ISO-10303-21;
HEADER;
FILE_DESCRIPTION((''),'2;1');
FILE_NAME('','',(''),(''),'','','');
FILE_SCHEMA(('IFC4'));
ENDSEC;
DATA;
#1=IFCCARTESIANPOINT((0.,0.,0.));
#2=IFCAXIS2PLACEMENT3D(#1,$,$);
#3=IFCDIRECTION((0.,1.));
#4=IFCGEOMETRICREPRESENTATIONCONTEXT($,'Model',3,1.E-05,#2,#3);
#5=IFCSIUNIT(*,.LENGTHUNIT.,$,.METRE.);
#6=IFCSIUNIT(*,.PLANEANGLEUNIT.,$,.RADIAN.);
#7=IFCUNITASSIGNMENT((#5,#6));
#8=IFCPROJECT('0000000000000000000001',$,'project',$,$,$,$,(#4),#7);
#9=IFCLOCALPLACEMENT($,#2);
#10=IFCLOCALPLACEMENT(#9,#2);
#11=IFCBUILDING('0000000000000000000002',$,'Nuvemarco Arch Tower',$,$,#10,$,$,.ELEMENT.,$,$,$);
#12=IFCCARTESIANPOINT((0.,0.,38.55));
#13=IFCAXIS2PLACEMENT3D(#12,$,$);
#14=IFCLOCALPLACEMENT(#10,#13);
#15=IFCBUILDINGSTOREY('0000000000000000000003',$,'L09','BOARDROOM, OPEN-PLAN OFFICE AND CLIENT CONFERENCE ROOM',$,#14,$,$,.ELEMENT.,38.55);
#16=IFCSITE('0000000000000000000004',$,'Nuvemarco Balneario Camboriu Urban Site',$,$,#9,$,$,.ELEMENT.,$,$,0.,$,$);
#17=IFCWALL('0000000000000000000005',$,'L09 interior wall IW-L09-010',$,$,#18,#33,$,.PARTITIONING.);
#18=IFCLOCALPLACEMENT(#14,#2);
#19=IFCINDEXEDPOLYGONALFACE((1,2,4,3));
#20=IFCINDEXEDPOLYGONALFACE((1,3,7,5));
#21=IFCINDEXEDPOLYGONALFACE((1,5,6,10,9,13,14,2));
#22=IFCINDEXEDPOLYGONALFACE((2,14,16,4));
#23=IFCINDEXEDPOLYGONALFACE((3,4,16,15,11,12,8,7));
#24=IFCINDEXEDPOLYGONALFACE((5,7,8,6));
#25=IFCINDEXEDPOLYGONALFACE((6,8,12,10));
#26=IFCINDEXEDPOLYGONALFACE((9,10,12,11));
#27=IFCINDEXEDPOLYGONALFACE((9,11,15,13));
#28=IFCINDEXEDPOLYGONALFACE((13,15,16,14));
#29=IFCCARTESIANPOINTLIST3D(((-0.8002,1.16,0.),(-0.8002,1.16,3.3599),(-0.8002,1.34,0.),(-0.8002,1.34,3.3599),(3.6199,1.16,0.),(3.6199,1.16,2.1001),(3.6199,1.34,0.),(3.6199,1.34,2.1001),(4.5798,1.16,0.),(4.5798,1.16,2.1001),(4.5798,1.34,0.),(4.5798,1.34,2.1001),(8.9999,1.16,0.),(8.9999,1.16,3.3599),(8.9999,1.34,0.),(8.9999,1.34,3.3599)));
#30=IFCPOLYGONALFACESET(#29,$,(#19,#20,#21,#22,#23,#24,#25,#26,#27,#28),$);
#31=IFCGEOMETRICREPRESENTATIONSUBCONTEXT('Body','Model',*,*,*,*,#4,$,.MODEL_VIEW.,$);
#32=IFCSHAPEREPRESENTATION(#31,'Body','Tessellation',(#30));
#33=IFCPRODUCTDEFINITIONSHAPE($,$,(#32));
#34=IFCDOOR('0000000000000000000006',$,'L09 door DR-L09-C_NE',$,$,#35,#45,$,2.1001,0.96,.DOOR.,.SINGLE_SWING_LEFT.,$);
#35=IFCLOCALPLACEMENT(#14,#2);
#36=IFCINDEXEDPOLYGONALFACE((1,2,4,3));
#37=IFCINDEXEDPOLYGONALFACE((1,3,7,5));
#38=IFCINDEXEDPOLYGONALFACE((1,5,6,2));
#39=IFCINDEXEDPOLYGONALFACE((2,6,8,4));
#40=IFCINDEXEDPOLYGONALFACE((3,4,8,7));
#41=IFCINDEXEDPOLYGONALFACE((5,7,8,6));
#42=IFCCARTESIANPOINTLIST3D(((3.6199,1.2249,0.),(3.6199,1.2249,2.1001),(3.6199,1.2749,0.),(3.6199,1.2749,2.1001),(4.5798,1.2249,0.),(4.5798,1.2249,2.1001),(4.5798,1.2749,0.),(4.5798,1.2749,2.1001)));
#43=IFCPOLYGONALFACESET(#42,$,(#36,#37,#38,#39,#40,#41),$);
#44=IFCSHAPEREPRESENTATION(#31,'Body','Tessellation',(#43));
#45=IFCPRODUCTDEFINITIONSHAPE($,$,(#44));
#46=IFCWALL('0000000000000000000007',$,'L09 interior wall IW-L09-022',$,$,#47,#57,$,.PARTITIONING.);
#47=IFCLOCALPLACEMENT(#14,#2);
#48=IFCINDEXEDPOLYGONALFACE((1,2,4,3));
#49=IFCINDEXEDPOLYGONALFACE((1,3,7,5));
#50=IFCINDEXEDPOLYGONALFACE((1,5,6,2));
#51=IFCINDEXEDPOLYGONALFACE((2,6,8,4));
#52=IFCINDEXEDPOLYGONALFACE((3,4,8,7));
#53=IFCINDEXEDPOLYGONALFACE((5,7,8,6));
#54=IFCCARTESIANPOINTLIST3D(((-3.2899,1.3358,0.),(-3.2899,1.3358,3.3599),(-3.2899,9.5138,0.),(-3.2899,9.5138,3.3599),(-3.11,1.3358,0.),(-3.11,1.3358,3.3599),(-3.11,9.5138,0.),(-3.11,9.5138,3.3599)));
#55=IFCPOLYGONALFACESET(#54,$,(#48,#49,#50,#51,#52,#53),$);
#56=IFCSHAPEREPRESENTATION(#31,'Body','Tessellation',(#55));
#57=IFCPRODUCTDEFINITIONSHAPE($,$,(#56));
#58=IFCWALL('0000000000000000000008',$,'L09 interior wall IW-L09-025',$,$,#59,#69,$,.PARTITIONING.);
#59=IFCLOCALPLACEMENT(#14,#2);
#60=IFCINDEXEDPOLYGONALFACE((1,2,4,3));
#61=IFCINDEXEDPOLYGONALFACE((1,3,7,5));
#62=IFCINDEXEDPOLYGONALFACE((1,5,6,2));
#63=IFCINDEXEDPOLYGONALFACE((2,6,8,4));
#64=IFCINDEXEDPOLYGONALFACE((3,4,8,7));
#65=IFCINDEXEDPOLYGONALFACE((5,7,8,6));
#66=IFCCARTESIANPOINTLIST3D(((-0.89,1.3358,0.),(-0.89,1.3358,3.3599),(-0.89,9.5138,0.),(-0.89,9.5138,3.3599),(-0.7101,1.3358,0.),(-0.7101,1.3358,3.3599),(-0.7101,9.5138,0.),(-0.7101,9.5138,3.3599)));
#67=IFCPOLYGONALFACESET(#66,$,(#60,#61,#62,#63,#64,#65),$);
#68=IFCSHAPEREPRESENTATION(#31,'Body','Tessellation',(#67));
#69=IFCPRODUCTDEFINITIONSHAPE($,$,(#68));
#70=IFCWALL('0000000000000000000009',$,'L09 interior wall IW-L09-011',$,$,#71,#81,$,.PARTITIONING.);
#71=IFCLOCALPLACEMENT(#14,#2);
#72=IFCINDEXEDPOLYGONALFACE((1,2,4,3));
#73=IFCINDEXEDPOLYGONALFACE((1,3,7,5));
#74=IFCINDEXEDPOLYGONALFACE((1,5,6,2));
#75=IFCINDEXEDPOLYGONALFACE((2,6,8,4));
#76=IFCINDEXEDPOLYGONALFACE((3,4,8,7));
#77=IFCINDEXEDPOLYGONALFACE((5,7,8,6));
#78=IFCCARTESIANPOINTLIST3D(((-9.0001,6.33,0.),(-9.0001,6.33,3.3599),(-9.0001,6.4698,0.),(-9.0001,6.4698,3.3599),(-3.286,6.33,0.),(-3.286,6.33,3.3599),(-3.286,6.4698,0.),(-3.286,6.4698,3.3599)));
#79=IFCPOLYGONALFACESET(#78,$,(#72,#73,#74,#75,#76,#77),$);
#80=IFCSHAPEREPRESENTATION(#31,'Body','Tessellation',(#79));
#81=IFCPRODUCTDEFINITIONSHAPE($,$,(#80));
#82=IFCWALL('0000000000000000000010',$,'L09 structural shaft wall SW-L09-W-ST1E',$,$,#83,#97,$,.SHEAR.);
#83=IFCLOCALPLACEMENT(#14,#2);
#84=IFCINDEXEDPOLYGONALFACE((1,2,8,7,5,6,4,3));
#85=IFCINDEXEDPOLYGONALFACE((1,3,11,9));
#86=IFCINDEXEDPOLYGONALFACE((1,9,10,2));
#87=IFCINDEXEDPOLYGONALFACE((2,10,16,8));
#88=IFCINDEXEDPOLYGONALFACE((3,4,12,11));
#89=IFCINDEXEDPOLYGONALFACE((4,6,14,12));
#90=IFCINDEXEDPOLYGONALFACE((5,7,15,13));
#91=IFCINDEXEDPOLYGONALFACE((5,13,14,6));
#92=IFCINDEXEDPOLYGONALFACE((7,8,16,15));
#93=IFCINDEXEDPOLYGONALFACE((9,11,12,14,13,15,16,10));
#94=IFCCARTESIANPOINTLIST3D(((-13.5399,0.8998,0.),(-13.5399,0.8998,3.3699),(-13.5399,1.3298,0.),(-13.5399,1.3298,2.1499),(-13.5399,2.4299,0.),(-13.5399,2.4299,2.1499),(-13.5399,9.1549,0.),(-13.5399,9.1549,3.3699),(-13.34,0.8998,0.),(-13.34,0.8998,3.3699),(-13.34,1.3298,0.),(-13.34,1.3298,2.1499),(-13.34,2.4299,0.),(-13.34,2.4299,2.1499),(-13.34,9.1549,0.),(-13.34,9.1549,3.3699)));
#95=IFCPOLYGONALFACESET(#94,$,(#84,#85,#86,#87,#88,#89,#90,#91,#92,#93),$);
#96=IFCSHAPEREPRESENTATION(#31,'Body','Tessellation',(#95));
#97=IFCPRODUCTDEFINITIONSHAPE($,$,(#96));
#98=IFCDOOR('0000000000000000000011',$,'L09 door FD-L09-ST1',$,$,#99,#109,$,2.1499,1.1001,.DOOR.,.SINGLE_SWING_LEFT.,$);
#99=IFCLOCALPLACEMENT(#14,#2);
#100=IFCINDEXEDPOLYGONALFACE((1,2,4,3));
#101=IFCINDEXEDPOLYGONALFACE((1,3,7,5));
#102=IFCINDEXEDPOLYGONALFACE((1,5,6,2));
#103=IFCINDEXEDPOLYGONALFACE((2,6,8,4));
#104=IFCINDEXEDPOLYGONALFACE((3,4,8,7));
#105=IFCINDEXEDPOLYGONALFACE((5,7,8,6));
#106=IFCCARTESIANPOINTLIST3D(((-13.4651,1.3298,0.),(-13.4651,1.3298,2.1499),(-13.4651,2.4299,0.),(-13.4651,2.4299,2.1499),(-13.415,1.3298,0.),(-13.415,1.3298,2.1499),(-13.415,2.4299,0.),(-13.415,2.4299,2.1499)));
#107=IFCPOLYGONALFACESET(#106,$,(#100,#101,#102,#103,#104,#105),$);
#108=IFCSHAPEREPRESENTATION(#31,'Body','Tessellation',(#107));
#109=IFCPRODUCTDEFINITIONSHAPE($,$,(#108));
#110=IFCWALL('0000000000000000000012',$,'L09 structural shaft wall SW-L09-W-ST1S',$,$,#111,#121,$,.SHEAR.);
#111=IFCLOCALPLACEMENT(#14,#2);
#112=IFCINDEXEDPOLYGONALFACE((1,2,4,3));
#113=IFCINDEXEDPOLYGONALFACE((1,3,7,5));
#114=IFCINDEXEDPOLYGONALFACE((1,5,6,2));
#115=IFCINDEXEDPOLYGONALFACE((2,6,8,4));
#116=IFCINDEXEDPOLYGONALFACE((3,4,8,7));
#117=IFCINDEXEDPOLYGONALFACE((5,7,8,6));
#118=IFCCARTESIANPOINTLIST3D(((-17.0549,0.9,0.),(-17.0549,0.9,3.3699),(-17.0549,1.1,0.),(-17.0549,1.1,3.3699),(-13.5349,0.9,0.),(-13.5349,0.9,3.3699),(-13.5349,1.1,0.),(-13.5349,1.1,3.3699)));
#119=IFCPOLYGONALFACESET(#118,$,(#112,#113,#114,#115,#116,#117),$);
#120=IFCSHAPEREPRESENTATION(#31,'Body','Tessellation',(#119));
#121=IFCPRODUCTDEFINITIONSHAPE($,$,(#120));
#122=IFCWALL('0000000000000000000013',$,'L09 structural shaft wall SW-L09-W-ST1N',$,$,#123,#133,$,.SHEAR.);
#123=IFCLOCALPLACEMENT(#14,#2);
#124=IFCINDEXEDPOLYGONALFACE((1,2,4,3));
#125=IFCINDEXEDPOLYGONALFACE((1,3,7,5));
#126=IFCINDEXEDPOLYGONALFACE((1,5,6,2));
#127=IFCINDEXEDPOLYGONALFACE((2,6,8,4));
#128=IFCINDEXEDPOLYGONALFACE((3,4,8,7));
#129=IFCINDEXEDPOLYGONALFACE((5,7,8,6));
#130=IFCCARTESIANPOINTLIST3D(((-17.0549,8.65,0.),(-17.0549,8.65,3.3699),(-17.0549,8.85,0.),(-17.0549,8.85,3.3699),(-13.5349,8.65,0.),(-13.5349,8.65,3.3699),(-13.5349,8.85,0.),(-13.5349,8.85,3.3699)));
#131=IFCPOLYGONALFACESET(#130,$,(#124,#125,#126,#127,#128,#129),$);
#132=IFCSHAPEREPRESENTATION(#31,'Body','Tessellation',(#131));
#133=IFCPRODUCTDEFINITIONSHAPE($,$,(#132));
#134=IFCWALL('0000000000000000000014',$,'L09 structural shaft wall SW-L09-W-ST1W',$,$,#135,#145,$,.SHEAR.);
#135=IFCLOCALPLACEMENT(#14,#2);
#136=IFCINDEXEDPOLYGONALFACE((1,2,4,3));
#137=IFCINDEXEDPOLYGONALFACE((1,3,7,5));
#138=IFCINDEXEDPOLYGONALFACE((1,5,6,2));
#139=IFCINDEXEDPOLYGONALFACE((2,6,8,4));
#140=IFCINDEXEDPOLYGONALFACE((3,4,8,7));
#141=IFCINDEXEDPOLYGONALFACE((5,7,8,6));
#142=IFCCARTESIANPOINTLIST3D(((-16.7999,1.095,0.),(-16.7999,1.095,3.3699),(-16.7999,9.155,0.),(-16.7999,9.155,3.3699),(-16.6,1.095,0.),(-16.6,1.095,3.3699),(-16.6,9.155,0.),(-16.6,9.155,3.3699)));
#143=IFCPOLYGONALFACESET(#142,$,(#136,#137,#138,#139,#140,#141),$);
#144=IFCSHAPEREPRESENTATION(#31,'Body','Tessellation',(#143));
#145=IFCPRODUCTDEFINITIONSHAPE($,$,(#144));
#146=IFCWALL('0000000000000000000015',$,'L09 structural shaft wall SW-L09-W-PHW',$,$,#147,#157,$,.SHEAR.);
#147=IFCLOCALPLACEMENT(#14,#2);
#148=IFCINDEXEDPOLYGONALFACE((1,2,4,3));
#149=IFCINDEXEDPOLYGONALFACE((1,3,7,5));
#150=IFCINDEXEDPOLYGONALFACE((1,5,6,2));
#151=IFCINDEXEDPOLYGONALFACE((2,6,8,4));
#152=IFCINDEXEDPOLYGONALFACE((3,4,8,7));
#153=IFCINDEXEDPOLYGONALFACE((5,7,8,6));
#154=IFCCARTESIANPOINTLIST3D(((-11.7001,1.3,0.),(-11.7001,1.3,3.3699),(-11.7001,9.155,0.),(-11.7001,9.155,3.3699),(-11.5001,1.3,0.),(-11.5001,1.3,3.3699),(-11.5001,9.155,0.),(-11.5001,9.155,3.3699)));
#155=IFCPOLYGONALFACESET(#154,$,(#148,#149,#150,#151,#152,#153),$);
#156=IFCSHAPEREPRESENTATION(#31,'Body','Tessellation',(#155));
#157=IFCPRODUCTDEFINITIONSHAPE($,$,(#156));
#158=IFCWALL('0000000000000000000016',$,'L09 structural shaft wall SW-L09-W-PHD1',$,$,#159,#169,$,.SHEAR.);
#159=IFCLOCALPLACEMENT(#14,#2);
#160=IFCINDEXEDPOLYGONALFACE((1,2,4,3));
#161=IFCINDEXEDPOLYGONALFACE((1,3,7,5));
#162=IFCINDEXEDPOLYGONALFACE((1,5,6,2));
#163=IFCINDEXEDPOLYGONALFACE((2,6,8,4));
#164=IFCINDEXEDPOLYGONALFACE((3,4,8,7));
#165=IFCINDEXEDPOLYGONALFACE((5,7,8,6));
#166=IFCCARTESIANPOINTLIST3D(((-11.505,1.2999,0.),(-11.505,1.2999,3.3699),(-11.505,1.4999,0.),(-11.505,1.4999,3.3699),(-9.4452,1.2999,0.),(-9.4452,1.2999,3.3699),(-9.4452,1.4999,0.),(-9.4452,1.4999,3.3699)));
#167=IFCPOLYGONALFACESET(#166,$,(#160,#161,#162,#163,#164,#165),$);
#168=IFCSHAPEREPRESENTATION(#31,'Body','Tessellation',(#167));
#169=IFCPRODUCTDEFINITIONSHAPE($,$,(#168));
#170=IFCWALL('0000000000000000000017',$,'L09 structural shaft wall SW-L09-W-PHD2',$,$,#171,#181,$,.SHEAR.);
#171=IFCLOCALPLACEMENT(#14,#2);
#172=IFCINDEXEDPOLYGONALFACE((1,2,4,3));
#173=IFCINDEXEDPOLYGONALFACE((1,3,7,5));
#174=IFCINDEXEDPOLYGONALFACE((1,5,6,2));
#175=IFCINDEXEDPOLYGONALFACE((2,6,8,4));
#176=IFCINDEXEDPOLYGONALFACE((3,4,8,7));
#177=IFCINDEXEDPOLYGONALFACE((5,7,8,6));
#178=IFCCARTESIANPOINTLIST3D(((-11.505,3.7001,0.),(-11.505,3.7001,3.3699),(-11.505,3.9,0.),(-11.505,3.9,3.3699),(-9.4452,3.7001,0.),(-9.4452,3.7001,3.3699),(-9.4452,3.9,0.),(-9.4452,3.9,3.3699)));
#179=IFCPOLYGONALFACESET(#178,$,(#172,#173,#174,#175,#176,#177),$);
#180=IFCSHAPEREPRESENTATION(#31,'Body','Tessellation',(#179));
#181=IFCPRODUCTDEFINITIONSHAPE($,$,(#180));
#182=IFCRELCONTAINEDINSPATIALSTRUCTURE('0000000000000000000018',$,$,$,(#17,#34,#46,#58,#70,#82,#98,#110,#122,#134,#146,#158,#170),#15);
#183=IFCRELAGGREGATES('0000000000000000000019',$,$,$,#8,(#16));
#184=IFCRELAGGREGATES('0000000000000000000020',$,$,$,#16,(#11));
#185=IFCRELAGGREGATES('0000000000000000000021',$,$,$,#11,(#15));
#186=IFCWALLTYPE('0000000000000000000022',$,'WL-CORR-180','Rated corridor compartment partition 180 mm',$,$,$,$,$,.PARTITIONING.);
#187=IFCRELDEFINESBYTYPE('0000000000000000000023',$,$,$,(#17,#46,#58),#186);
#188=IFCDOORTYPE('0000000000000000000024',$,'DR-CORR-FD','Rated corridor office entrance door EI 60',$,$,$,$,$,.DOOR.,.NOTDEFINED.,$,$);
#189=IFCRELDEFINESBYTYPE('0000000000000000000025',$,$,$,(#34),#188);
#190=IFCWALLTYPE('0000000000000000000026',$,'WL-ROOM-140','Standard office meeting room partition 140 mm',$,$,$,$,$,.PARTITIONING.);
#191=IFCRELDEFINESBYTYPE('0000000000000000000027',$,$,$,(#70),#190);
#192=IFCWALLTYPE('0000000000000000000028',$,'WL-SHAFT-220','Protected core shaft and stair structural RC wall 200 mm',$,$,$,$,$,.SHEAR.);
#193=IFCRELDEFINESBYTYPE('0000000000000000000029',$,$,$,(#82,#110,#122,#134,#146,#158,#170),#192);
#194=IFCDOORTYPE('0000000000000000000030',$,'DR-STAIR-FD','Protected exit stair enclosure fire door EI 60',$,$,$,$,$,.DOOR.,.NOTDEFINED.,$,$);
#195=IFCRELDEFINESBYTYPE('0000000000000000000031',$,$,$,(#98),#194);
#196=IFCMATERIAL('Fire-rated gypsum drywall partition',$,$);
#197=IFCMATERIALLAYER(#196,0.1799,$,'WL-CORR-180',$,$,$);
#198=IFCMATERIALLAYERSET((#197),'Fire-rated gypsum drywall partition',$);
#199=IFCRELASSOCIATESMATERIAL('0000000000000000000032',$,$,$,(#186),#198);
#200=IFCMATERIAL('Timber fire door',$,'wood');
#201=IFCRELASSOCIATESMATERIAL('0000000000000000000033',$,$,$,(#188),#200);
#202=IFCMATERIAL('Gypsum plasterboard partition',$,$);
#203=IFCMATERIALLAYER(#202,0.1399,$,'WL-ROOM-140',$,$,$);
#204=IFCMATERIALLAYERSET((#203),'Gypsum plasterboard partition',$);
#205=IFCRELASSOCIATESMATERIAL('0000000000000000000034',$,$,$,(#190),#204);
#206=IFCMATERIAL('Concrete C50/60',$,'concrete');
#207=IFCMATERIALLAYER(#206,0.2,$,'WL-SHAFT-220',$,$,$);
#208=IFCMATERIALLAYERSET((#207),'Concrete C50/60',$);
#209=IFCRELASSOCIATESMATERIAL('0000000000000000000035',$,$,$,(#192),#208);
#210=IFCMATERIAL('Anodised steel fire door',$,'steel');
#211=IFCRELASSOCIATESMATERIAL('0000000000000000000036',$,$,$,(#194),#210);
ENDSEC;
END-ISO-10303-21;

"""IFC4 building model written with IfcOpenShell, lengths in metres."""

from ifc_helpers import new_model, si_unit, direction, frame, frame_2d, origin, place, context, subcontext, project, spatial, rectangle, extrude, source, transform, mapped, material, layer, layer_set, type_object, type_shapes, element, fill, save


model = new_model("IFC4")

# Units and contexts
model_context = context("Model", 3, precision=1e-05, world=origin(), true_north=direction((0.0, 1.0)))
body_context = subcontext(model_context, "Body", "Model", "MODEL_VIEW")
ifc_project = project(units=[si_unit("LENGTHUNIT", "METRE"), si_unit("PLANEANGLEUNIT", "RADIAN")], contexts=[model_context])

# Site, building, storey
site_placement = place(None, origin())
site = spatial("IfcSite", under=ifc_project, at=site_placement, Name="Nuvemarco Balneario Camboriu Urban Site", CompositionType="ELEMENT", RefElevation=0.0)
building_placement = place(site_placement, origin())
building = spatial("IfcBuilding", under=site, at=building_placement, Name="Nuvemarco Arch Tower", CompositionType="ELEMENT")
storey_placement = place(building_placement, frame((0.0, 0.0, 38.55)))
storey = spatial("IfcBuildingStorey", under=building, at=storey_placement, Name="L09", Description="BOARDROOM, OPEN-PLAN OFFICE AND CLIENT CONFERENCE ROOM", CompositionType="ELEMENT", Elevation=38.55)

# Wall, opening, door
ifc_material_1 = material(Name="Fire-rated gypsum drywall partition")
ifc_layer_1 = layer(ifc_material_1, 0.1799, Name="WL-CORR-180")
ifc_layer_set_1 = layer_set([ifc_layer_1], Name="Fire-rated gypsum drywall partition")
wall_type_1 = type_object("IfcWallType", Name="WL-CORR-180", Description="Rated corridor compartment partition 180 mm", PredefinedType="PARTITIONING", material=ifc_layer_set_1)
ifc_material_2 = material(Name="Timber fire door", Category="wood")
door_type_1 = type_object("IfcDoorType", Name="DR-CORR-FD", Description="Rated corridor office entrance door EI 60", OperationType="NOTDEFINED", PredefinedType="DOOR", material=ifc_material_2)
shared_shape_1 = source(origin(), body_context, "Body", "SweptSolid", [
    extrude(rectangle(XDim=0.96, YDim=2.1001, at=frame_2d((0.48, 1.05))), frame((0.0, 0.0249, 0.0), z_axis=(0.0, -1.0, 0.0), x_axis=(1.0, 0.0, 0.0)), (0.0, 0.0, 1.0), 0.05),
])
type_shapes(door_type_1, [shared_shape_1])
wall_1_placement = place(storey_placement, frame((-0.8, 1.25, 0.0), z_axis=(0.0, 0.0, 1.0), x_axis=(1.0, 0.0, 0.0)))
wall_1 = element("IfcWall", 1, at=wall_1_placement, inside=storey, type_object=wall_type_1, Name="L09 interior wall IW-L09-010", PredefinedType="PARTITIONING", context=body_context, shape_type="SweptSolid", body=[
    extrude(rectangle(XDim=9.8, YDim=0.1799, at=frame_2d((4.8999, 0.0))), origin(), (0.0, 0.0, 1.0), 3.3599),
])
opening_1_placement = place(wall_1_placement, frame((4.4199, 0.0, 0.0)))
opening_1 = element("IfcOpeningElement", 2, at=opening_1_placement, cuts=wall_1, PredefinedType="OPENING", context=body_context, shape_type="SweptSolid", body=[
    extrude(rectangle(XDim=0.96, YDim=2.1001, at=frame_2d((0.48, 1.05))), frame((0.0, 0.0999, 0.0), z_axis=(0.0, -1.0, 0.0), x_axis=(1.0, 0.0, 0.0)), (0.0, 0.0, 1.0), 0.2),
])
door_1_placement = place(opening_1_placement, origin())
door_1 = element("IfcDoor", 3, at=door_1_placement, inside=storey, type_object=door_type_1, Name="L09 door DR-L09-C_NE", OperationType="SINGLE_SWING_LEFT", OverallHeight=2.1001, OverallWidth=0.96, PredefinedType="DOOR", context=body_context, shape_type="MappedRepresentation", body=[
    mapped(shared_shape_1, transform((0.0, 0.0, 0.0), scale=1.0)),
])
fill(opening_1, door_1)

# Walls
for number, where, z_axis, x_axis, name in (
    (4, (-3.2, 1.3359, 0.0), (0.0, 0.0, 1.0), (0.0, 1.0, 0.0), "L09 interior wall IW-L09-022"),
    (5, (-0.8, 1.3359, 0.0), (0.0, 0.0, 1.0), (0.0, 1.0, 0.0), "L09 interior wall IW-L09-025"),
):
    element("IfcWall", number, at=place(storey_placement, frame(where, z_axis=z_axis, x_axis=x_axis)), inside=storey, type_object=wall_type_1, Name=name, PredefinedType="PARTITIONING", context=body_context, shape_type="SweptSolid", body=[
        extrude(rectangle(XDim=8.178, YDim=0.1799, at=frame_2d((4.0889, 0.0))), origin(), (0.0, 0.0, 1.0), 3.3599),
    ])
ifc_material_3 = material(Name="Gypsum plasterboard partition")
ifc_layer_2 = layer(ifc_material_3, 0.1399, Name="WL-ROOM-140")
ifc_layer_set_2 = layer_set([ifc_layer_2], Name="Gypsum plasterboard partition")
wall_type_2 = type_object("IfcWallType", Name="WL-ROOM-140", Description="Standard office meeting room partition 140 mm", PredefinedType="PARTITIONING", material=ifc_layer_set_2)
wall_2_placement = place(storey_placement, frame((-9.0, 6.3999, 0.0), z_axis=(0.0, 0.0, 1.0), x_axis=(1.0, 0.0, 0.0)))
element("IfcWall", 6, at=wall_2_placement, inside=storey, type_object=wall_type_2, Name="L09 interior wall IW-L09-011", PredefinedType="PARTITIONING", context=body_context, shape_type="SweptSolid", body=[
    extrude(rectangle(XDim=5.7141, YDim=0.1399, at=frame_2d((2.8569, 0.0))), origin(), (0.0, 0.0, 1.0), 3.3599),
])

# Wall, opening, door
ifc_material_4 = material(Name="Concrete C50/60", Category="concrete")
ifc_layer_3 = layer(ifc_material_4, 0.2, Name="WL-SHAFT-220")
ifc_layer_set_3 = layer_set([ifc_layer_3], Name="Concrete C50/60")
wall_type_3 = type_object("IfcWallType", Name="WL-SHAFT-220", Description="Protected core shaft and stair structural RC wall 200 mm", PredefinedType="SHEAR", material=ifc_layer_set_3)
wall_3_placement = place(storey_placement, frame((-13.4399, 0.8999, 0.0), z_axis=(0.0, 0.0, 1.0), x_axis=(0.0, 1.0, 0.0)))
wall_3 = element("IfcWall", 7, at=wall_3_placement, inside=storey, type_object=wall_type_3, Name="L09 structural shaft wall SW-L09-W-ST1E", PredefinedType="SHEAR", context=body_context, shape_type="SweptSolid", body=[
    extrude(rectangle(XDim=8.2551, YDim=0.2, at=frame_2d((4.1274, 0.0))), origin(), (0.0, 0.0, 1.0), 3.3699),
])
opening_2_placement = place(wall_3_placement, frame((1.53, 0.0, 0.0), z_axis=(0.0, 0.0, 1.0), x_axis=(-1.0, 0.0, 0.0)))
opening_2 = element("IfcOpeningElement", 8, at=opening_2_placement, cuts=wall_3, PredefinedType="OPENING", context=body_context, shape_type="SweptSolid", body=[
    extrude(rectangle(XDim=1.1001, YDim=2.1499, at=frame_2d((0.55, 1.075))), frame((0.0, 0.1099, 0.0), z_axis=(0.0, -1.0, 0.0), x_axis=(1.0, 0.0, 0.0)), (0.0, 0.0, 1.0), 0.22),
])
ifc_material_5 = material(Name="Anodised steel fire door", Category="steel")
door_type_2 = type_object("IfcDoorType", Name="DR-STAIR-FD", Description="Protected exit stair enclosure fire door EI 60", OperationType="NOTDEFINED", PredefinedType="DOOR", material=ifc_material_5)
shared_shape_2 = source(origin(), body_context, "Body", "SweptSolid", [
    extrude(rectangle(XDim=1.1001, YDim=2.1499, at=frame_2d((0.55, 1.075))), frame((0.0, 0.0249, 0.0), z_axis=(0.0, -1.0, 0.0), x_axis=(1.0, 0.0, 0.0)), (0.0, 0.0, 1.0), 0.05),
])
type_shapes(door_type_2, [shared_shape_2])
door_2_placement = place(opening_2_placement, origin())
door_2 = element("IfcDoor", 9, at=door_2_placement, inside=storey, type_object=door_type_2, Name="L09 door FD-L09-ST1", OperationType="SINGLE_SWING_LEFT", OverallHeight=2.1499, OverallWidth=1.1001, PredefinedType="DOOR", context=body_context, shape_type="MappedRepresentation", body=[
    mapped(shared_shape_2, transform((0.0, 0.0, 0.0), scale=1.0)),
])
fill(opening_2, door_2)

# Walls
for number, where, z_axis, x_axis, name in (
    (10, (-17.0549, 1.0, 0.0), (0.0, 0.0, 1.0), (1.0, 0.0, 0.0), "L09 structural shaft wall SW-L09-W-ST1S"),
    (11, (-17.0549, 8.75, 0.0), (0.0, 0.0, 1.0), (1.0, 0.0, 0.0), "L09 structural shaft wall SW-L09-W-ST1N"),
):
    element("IfcWall", number, at=place(storey_placement, frame(where, z_axis=z_axis, x_axis=x_axis)), inside=storey, type_object=wall_type_3, Name=name, PredefinedType="SHEAR", context=body_context, shape_type="SweptSolid", body=[
        extrude(rectangle(XDim=3.52, YDim=0.2, at=frame_2d((1.76, 0.0))), origin(), (0.0, 0.0, 1.0), 3.3699),
    ])
wall_4_placement = place(storey_placement, frame((-16.7, 1.095, 0.0), z_axis=(0.0, 0.0, 1.0), x_axis=(0.0, 1.0, 0.0)))
element("IfcWall", 12, at=wall_4_placement, inside=storey, type_object=wall_type_3, Name="L09 structural shaft wall SW-L09-W-ST1W", PredefinedType="SHEAR", context=body_context, shape_type="SweptSolid", body=[
    extrude(rectangle(XDim=8.0601, YDim=0.2, at=frame_2d((4.03, 0.0))), origin(), (0.0, 0.0, 1.0), 3.3699),
])
wall_5_placement = place(storey_placement, frame((-11.6001, 1.3, 0.0), z_axis=(0.0, 0.0, 1.0), x_axis=(0.0, 1.0, 0.0)))
element("IfcWall", 13, at=wall_5_placement, inside=storey, type_object=wall_type_3, Name="L09 structural shaft wall SW-L09-W-PHW", PredefinedType="SHEAR", context=body_context, shape_type="SweptSolid", body=[
    extrude(rectangle(XDim=7.855, YDim=0.2, at=frame_2d((3.9275, 0.0))), origin(), (0.0, 0.0, 1.0), 3.3699),
])
for number, where, z_axis, x_axis, name in (
    (14, (-11.5049, 1.3999, 0.0), (0.0, 0.0, 1.0), (1.0, 0.0, 0.0), "L09 structural shaft wall SW-L09-W-PHD1"),
    (15, (-11.5049, 3.8, 0.0), (0.0, 0.0, 1.0), (1.0, 0.0, 0.0), "L09 structural shaft wall SW-L09-W-PHD2"),
):
    element("IfcWall", number, at=place(storey_placement, frame(where, z_axis=z_axis, x_axis=x_axis)), inside=storey, type_object=wall_type_3, Name=name, PredefinedType="SHEAR", context=body_context, shape_type="SweptSolid", body=[
        extrude(rectangle(XDim=2.0598, YDim=0.2, at=frame_2d((1.0298, 0.0))), origin(), (0.0, 0.0, 1.0), 3.3699),
    ])

save(model, "model.ifc")
